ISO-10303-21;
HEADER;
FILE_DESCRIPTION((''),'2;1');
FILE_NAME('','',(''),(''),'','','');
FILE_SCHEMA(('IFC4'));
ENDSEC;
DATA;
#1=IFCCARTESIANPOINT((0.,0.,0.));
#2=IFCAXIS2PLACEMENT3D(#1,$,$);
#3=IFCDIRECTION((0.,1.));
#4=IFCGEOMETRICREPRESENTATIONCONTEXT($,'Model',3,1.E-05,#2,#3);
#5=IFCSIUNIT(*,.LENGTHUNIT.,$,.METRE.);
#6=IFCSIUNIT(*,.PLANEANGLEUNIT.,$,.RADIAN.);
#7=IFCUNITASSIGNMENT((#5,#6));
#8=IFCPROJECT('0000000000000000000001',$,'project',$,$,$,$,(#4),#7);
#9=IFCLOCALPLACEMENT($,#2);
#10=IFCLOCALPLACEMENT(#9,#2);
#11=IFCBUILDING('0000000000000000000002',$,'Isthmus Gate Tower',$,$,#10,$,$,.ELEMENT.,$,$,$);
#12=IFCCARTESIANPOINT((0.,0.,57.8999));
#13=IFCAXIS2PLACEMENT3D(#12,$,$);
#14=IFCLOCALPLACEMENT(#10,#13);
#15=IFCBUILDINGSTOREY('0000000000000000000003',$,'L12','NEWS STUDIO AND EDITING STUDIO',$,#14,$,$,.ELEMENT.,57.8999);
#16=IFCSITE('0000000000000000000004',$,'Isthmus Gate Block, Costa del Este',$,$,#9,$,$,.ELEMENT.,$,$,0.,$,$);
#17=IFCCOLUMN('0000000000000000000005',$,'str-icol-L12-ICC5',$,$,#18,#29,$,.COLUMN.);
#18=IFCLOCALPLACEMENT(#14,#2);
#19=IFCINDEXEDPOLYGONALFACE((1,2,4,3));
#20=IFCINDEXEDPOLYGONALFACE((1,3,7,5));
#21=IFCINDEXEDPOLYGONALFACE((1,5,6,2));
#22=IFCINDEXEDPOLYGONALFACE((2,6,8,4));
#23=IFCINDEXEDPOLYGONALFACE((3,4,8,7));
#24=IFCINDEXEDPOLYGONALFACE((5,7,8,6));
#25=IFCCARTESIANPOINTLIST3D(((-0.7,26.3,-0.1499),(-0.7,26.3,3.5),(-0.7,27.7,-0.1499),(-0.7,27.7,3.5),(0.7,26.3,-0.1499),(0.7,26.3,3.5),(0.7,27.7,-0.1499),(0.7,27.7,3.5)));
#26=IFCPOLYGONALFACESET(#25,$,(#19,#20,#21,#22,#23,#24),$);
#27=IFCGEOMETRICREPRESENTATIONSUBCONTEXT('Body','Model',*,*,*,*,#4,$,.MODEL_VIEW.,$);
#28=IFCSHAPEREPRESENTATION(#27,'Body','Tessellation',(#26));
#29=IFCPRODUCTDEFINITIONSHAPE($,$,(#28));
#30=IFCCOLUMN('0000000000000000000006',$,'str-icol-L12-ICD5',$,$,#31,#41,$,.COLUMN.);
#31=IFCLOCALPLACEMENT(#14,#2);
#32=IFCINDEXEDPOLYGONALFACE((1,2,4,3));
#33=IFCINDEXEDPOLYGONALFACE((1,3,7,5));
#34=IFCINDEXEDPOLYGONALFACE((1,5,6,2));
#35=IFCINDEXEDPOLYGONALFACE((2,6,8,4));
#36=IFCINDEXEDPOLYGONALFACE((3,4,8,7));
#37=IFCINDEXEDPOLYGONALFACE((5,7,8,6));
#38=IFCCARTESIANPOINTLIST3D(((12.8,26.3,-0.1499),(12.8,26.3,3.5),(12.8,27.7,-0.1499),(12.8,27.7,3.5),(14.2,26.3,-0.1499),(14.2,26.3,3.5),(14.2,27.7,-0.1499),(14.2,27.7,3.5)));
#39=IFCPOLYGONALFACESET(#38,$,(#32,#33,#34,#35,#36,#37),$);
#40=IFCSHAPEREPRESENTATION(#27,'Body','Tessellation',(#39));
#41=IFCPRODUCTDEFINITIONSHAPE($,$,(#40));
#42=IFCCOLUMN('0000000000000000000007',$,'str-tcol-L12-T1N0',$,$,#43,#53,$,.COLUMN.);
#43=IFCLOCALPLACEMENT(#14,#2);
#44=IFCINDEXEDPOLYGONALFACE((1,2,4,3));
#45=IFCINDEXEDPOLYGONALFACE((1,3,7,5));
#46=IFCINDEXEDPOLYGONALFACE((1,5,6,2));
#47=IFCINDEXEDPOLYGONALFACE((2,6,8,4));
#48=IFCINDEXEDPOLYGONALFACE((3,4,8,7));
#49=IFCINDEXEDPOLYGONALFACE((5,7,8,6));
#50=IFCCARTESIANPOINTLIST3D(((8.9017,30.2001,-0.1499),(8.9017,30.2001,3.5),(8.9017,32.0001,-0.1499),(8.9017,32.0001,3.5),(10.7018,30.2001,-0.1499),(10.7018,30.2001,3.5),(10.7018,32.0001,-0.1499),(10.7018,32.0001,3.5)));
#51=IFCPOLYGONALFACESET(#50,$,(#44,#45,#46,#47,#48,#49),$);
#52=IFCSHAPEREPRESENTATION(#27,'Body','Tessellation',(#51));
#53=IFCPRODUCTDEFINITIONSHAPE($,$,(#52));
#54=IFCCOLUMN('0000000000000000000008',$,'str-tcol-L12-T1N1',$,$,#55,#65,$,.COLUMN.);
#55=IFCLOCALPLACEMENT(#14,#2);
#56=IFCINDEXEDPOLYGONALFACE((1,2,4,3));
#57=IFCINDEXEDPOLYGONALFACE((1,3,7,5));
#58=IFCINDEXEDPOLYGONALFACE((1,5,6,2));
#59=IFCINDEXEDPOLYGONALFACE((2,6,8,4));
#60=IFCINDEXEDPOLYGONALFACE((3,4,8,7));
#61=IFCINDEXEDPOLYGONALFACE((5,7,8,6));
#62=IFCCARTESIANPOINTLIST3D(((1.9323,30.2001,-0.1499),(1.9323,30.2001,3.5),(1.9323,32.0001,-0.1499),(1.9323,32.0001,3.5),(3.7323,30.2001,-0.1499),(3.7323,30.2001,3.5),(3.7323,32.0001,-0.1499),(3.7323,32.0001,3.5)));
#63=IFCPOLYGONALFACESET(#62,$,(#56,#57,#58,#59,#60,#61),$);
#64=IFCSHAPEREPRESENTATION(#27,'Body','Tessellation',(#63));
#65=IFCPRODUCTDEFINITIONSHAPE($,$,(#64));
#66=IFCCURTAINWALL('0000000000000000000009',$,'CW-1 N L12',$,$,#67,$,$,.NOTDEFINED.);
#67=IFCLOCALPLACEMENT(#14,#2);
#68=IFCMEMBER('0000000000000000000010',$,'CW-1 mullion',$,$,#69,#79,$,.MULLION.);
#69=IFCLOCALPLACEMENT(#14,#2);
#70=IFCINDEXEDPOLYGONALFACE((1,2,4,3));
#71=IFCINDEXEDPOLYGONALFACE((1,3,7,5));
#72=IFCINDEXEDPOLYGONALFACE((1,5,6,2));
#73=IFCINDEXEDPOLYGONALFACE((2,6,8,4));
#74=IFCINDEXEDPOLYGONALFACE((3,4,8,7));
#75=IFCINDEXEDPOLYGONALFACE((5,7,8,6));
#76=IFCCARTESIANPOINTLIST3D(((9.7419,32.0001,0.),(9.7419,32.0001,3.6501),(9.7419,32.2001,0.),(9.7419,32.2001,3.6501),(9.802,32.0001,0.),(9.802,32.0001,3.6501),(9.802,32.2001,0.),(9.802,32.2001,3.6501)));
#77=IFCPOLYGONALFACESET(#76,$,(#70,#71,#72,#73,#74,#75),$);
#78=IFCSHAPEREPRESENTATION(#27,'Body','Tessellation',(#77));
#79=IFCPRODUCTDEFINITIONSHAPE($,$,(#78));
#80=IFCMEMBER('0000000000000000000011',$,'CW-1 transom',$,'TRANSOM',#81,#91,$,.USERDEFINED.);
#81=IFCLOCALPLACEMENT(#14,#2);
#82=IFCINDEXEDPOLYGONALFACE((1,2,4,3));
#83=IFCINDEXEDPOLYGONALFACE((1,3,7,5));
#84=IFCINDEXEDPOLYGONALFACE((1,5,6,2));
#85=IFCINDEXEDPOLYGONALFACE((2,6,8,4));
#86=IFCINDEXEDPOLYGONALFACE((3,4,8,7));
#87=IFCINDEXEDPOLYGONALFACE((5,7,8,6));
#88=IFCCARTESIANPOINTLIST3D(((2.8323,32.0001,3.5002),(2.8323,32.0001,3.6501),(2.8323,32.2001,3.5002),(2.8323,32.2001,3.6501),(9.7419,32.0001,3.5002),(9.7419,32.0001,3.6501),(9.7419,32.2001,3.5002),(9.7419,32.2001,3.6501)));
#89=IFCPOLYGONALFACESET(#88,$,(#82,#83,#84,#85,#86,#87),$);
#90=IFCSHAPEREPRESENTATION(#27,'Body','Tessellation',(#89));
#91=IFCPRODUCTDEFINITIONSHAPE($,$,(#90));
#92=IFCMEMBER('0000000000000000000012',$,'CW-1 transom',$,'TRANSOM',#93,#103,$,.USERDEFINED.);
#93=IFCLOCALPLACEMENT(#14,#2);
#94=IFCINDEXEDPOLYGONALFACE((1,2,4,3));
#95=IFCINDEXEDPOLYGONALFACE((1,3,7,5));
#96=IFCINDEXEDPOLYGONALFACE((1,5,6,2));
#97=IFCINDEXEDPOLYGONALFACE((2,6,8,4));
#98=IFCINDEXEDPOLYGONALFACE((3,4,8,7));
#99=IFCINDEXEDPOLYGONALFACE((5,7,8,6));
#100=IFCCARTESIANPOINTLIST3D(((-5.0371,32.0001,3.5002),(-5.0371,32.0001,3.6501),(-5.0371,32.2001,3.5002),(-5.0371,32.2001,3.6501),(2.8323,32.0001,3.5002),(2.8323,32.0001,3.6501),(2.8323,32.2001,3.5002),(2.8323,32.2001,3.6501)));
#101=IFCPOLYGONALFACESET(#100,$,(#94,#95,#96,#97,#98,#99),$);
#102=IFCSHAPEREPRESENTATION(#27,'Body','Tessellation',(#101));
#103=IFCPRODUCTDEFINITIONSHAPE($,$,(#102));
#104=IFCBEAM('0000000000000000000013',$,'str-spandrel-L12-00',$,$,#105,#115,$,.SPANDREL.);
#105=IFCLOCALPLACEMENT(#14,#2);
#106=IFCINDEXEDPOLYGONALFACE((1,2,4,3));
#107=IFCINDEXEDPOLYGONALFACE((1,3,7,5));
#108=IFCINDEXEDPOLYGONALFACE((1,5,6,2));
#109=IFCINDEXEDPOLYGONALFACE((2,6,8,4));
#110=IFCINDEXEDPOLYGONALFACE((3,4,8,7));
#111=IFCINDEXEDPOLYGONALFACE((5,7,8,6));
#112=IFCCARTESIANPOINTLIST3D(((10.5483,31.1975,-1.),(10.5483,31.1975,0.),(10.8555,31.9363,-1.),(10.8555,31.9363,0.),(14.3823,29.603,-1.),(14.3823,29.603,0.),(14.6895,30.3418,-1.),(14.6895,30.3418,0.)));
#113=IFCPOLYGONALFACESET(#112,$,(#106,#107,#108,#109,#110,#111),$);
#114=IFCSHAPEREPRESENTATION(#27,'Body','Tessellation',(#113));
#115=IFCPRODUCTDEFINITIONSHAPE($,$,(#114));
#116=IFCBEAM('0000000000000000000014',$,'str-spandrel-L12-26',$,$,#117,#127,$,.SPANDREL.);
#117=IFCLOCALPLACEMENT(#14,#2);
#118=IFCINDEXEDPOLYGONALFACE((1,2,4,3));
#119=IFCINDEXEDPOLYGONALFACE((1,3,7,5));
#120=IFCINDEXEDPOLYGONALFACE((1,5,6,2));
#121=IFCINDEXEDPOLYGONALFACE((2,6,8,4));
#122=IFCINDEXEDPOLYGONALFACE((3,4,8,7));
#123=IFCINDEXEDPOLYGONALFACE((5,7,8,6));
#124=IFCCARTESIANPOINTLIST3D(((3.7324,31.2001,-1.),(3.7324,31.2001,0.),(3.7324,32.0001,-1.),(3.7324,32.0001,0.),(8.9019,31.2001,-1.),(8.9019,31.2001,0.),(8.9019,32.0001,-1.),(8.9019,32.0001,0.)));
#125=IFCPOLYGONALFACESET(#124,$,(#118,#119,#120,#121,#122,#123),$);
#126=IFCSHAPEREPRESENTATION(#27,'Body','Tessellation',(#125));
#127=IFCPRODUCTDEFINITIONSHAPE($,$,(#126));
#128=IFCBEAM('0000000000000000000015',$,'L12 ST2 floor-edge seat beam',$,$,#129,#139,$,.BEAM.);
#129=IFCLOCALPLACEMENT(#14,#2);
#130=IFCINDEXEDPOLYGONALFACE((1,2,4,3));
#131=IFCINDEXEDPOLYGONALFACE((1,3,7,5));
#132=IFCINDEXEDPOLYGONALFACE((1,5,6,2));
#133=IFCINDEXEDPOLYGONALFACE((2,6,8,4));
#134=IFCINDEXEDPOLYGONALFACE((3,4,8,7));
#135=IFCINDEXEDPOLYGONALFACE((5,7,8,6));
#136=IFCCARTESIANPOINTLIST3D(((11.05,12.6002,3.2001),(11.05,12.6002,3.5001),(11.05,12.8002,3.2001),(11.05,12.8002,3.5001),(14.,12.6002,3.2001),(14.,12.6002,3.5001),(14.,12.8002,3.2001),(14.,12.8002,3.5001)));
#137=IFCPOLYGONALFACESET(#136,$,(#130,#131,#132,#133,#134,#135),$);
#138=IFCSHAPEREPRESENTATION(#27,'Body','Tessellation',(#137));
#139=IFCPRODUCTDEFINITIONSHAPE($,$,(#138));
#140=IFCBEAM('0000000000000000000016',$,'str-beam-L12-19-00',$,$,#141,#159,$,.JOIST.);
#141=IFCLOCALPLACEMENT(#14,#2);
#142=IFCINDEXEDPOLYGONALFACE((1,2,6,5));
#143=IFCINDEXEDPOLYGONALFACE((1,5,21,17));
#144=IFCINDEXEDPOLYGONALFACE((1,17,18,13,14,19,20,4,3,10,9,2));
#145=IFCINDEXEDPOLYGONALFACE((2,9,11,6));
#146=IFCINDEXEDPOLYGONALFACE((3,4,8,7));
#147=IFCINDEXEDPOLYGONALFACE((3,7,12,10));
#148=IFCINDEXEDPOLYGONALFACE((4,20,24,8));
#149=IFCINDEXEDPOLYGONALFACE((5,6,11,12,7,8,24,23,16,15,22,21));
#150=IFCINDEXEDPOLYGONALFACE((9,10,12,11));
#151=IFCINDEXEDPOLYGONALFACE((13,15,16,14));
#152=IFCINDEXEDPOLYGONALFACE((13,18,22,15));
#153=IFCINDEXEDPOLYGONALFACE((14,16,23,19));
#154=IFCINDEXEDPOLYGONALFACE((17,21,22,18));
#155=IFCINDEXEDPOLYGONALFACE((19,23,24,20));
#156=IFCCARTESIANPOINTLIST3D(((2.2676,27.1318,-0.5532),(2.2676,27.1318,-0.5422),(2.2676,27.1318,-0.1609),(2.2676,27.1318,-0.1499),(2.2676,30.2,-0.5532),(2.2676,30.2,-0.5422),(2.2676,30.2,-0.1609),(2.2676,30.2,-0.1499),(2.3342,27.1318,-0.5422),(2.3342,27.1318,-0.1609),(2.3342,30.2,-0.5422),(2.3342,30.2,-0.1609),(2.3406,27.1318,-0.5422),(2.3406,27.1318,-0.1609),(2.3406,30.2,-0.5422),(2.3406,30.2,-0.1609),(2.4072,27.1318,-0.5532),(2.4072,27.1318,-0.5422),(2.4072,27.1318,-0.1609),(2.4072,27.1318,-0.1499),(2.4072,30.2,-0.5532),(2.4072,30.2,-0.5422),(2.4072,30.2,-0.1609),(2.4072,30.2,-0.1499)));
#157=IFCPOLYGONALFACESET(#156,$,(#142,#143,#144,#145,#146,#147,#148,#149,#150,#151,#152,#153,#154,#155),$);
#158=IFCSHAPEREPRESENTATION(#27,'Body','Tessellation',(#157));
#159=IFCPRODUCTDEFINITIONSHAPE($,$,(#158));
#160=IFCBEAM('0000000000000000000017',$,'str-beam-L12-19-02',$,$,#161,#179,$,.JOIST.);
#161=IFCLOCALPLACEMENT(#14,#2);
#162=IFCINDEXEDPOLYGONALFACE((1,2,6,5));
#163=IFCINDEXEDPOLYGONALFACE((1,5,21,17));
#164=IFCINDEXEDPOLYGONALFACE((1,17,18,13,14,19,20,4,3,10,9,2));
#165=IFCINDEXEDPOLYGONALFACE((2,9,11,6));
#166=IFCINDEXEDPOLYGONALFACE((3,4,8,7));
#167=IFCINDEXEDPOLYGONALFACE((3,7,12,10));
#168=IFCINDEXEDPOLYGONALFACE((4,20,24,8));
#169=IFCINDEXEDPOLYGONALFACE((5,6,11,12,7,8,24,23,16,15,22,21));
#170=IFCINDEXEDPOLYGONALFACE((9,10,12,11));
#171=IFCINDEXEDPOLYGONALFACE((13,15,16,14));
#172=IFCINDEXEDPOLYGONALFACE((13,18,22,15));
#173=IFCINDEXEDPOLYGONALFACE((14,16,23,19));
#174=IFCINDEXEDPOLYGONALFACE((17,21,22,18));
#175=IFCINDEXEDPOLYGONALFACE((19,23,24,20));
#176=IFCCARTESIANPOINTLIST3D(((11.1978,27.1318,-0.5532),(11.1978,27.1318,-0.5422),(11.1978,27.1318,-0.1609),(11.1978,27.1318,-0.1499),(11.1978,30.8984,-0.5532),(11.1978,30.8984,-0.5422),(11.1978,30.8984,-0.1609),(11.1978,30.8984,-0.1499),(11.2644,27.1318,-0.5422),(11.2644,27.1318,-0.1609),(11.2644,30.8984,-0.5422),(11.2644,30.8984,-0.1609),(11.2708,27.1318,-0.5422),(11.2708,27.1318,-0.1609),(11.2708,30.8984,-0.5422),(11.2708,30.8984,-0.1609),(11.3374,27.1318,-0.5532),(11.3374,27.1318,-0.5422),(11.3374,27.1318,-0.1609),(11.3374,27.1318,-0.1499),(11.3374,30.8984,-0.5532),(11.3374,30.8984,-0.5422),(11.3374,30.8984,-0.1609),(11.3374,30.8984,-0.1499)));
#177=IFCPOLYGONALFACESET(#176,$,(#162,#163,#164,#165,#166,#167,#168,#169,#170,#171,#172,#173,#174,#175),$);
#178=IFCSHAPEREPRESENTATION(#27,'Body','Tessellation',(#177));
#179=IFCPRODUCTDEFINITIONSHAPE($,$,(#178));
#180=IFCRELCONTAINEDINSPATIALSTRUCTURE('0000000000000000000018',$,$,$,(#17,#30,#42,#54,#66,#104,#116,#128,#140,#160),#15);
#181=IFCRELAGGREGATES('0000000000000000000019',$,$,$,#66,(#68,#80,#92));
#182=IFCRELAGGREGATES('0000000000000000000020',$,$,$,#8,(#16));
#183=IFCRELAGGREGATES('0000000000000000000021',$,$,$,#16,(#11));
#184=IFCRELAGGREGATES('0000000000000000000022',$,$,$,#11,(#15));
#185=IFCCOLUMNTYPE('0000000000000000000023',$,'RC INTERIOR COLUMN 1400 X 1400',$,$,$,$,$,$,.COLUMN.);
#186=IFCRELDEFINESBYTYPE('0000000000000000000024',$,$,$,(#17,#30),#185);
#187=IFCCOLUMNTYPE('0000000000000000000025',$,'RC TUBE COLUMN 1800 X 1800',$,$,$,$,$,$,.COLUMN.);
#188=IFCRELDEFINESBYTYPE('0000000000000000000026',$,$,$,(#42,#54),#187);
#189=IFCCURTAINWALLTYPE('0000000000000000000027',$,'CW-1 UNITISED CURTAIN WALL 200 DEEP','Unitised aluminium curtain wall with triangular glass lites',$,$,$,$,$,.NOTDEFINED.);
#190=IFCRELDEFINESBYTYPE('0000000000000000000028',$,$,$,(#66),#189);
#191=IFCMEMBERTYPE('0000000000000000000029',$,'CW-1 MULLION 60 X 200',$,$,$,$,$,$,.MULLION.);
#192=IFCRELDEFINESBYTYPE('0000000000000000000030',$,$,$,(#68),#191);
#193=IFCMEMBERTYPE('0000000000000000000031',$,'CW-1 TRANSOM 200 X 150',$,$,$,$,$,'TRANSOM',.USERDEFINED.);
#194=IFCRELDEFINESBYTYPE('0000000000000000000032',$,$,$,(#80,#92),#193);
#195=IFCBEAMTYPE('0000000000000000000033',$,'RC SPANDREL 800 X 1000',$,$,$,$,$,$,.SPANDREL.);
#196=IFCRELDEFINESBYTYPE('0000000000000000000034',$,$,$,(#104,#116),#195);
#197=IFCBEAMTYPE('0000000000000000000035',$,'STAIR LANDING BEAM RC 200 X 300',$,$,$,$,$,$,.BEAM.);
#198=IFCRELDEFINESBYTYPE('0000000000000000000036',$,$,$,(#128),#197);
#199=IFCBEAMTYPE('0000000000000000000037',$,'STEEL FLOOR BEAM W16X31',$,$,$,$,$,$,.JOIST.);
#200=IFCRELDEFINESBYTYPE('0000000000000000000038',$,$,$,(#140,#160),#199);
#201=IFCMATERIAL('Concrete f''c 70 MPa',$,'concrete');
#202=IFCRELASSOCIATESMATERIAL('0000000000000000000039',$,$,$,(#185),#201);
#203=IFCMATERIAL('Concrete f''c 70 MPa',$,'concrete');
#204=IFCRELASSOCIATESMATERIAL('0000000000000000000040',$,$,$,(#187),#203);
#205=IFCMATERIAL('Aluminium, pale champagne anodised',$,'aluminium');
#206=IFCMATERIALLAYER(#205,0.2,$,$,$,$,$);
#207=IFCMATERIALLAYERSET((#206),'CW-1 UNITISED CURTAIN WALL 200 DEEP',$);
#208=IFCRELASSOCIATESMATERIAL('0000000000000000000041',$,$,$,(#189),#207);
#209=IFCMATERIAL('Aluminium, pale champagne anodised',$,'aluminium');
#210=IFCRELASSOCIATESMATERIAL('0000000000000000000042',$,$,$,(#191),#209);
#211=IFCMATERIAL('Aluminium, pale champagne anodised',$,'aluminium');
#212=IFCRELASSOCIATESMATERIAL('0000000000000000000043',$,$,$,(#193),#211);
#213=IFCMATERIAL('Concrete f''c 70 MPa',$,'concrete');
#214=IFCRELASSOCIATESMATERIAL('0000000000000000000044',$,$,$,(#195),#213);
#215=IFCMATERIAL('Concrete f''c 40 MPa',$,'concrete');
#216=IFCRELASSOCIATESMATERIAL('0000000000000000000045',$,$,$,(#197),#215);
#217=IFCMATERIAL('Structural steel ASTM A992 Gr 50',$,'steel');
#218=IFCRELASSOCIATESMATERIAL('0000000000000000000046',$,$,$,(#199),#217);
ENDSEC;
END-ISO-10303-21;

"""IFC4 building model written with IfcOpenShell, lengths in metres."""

from ifc_helpers import new_model, si_unit, direction, frame, origin, origin_2d, place, context, subcontext, project, spatial, rectangle, i_section, extrude, material, layer, layer_set, material_profile, profile_set, type_object, element, aggregate, save


model = new_model("IFC4")

# Units and contexts
model_context = context("Model", 3, precision=1e-05, world=origin(), true_north=direction((0.0, 1.0)))
body_context = subcontext(model_context, "Body", "Model", "MODEL_VIEW")
ifc_project = project(units=[si_unit("LENGTHUNIT", "METRE"), si_unit("PLANEANGLEUNIT", "RADIAN")], contexts=[model_context])

# Site, building, storey
site_placement = place(None, origin())
site = spatial("IfcSite", under=ifc_project, at=site_placement, Name="Isthmus Gate Block, Costa del Este", CompositionType="ELEMENT", RefElevation=0.0)
building_placement = place(site_placement, origin())
building = spatial("IfcBuilding", under=site, at=building_placement, Name="Isthmus Gate Tower", CompositionType="ELEMENT")
storey_placement = place(building_placement, frame((0.0, 0.0, 57.8999)))
storey = spatial("IfcBuildingStorey", under=building, at=storey_placement, Name="L12", Description="NEWS STUDIO AND EDITING STUDIO", CompositionType="ELEMENT", Elevation=57.8999)

# Columns
ifc_material_1 = material(Name="Concrete f'c 70 MPa", Category="concrete")
ifc_material_profile_1 = material_profile(ifc_material_1, rectangle(XDim=1.3999, YDim=1.3999, at=origin_2d()), Name="RC 1400X1400")
ifc_profile_set_1 = profile_set([ifc_material_profile_1], Name="Concrete f'c 70 MPa")
column_type_1 = type_object("IfcColumnType", Name="RC INTERIOR COLUMN 1400 X 1400", PredefinedType="COLUMN", material=ifc_profile_set_1)
for number, where, z_axis, x_axis, name in (
    (1, (0.0, 27.0, -0.1499), (0.0, 0.0, 1.0), (1.0, 0.0, 0.0), "str-icol-L12-ICC5"),
    (2, (13.5, 27.0, -0.1499), (0.0, 0.0, 1.0), (1.0, 0.0, 0.0), "str-icol-L12-ICD5"),
):
    element("IfcColumn", number, at=place(storey_placement, frame(where, z_axis=z_axis, x_axis=x_axis)), inside=storey, type_object=column_type_1, Name=name, PredefinedType="COLUMN", context=body_context, shape_type="SweptSolid", body=[
        extrude(rectangle(XDim=1.3999, YDim=1.3999, at=origin_2d()), origin(), (0.0, 0.0, 1.0), 3.6499),
    ])
ifc_material_2 = material(Name="Concrete f'c 70 MPa", Category="concrete")
ifc_material_profile_2 = material_profile(ifc_material_2, rectangle(XDim=1.8, YDim=1.8, at=origin_2d()), Name="RC 1800X1800")
ifc_profile_set_2 = profile_set([ifc_material_profile_2], Name="Concrete f'c 70 MPa")
column_type_2 = type_object("IfcColumnType", Name="RC TUBE COLUMN 1800 X 1800", PredefinedType="COLUMN", material=ifc_profile_set_2)
for number, where, z_axis, x_axis, name in (
    (3, (9.8018, 31.1001, -0.1499), (0.0, 0.0, 1.0), (-1.0, 0.0, 0.0), "str-tcol-L12-T1N0"),
    (4, (2.8323, 31.1001, -0.1499), (0.0, 0.0, 1.0), (-1.0, 0.0, 0.0), "str-tcol-L12-T1N1"),
):
    element("IfcColumn", number, at=place(storey_placement, frame(where, z_axis=z_axis, x_axis=x_axis)), inside=storey, type_object=column_type_2, Name=name, PredefinedType="COLUMN", context=body_context, shape_type="SweptSolid", body=[
        extrude(rectangle(XDim=1.8, YDim=1.8, at=origin_2d()), origin(), (0.0, 0.0, 1.0), 3.6499),
    ])

# Curtain wall, members
ifc_material_3 = material(Name="Aluminium, pale champagne anodised", Category="aluminium")
ifc_layer_1 = layer(ifc_material_3, 0.2)
ifc_layer_set_1 = layer_set([ifc_layer_1], Name="CW-1 UNITISED CURTAIN WALL 200 DEEP")
curtain_wall_type = type_object("IfcCurtainWallType", Name="CW-1 UNITISED CURTAIN WALL 200 DEEP", Description="Unitised aluminium curtain wall with triangular glass lites", PredefinedType="NOTDEFINED", material=ifc_layer_set_1)
curtain_wall_1_placement = place(storey_placement, origin())
curtain_wall_1 = element("IfcCurtainWall", 5, at=curtain_wall_1_placement, inside=storey, type_object=curtain_wall_type, Name="CW-1 N L12", PredefinedType="NOTDEFINED")
ifc_material_4 = material(Name="Aluminium, pale champagne anodised", Category="aluminium")
ifc_material_profile_3 = material_profile(ifc_material_4, rectangle(XDim=0.0601, YDim=0.2, at=origin_2d()), Name="60x200")
ifc_profile_set_3 = profile_set([ifc_material_profile_3], Name="Aluminium, pale champagne anodised")
member_type_1 = type_object("IfcMemberType", Name="CW-1 MULLION 60 X 200", PredefinedType="MULLION", material=ifc_profile_set_3)
member_1_placement = place(storey_placement, frame((9.772, 32.1001, 0.0), z_axis=(0.0, 0.0, 1.0), x_axis=(-1.0, 0.0, 0.0)))
member_1 = element("IfcMember", 6, at=member_1_placement, type_object=member_type_1, Name="CW-1 mullion", PredefinedType="MULLION", context=body_context, shape_type="SweptSolid", body=[
    extrude(rectangle(XDim=0.0601, YDim=0.2, at=origin_2d()), origin(), (0.0, 0.0, 1.0), 3.6501),
])
ifc_material_5 = material(Name="Aluminium, pale champagne anodised", Category="aluminium")
ifc_material_profile_4 = material_profile(ifc_material_5, rectangle(XDim=0.2, YDim=0.1499, at=origin_2d()), Name="200x150")
ifc_profile_set_4 = profile_set([ifc_material_profile_4], Name="Aluminium, pale champagne anodised")
member_type_2 = type_object("IfcMemberType", Name="CW-1 TRANSOM 200 X 150", ElementType="TRANSOM", PredefinedType="USERDEFINED", material=ifc_profile_set_4)
member_2_placement = place(storey_placement, frame((9.7419, 32.1001, 3.5752), z_axis=(-1.0, 0.0, 0.0), x_axis=(0.0, -1.0, 0.0)))
member_2 = element("IfcMember", 7, at=member_2_placement, type_object=member_type_2, Name="CW-1 transom", ObjectType="TRANSOM", PredefinedType="USERDEFINED", context=body_context, shape_type="SweptSolid", body=[
    extrude(rectangle(XDim=0.2, YDim=0.1499, at=origin_2d()), origin(), (0.0, 0.0, 1.0), 6.9097),
])
member_3_placement = place(storey_placement, frame((2.8323, 32.1001, 3.5752), z_axis=(-1.0, 0.0, 0.0), x_axis=(0.0, -1.0, 0.0)))
member_3 = element("IfcMember", 8, at=member_3_placement, type_object=member_type_2, Name="CW-1 transom", ObjectType="TRANSOM", PredefinedType="USERDEFINED", context=body_context, shape_type="SweptSolid", body=[
    extrude(rectangle(XDim=0.2, YDim=0.1499, at=origin_2d()), origin(), (0.0, 0.0, 1.0), 7.8694),
])

# Beams
ifc_material_6 = material(Name="Concrete f'c 70 MPa", Category="concrete")
ifc_material_profile_5 = material_profile(ifc_material_6, rectangle(XDim=0.8, YDim=1.0, at=origin_2d()), Name="RC 800X1000")
ifc_profile_set_5 = profile_set([ifc_material_profile_5], Name="Concrete f'c 70 MPa")
beam_type_1 = type_object("IfcBeamType", Name="RC SPANDREL 800 X 1000", PredefinedType="SPANDREL", material=ifc_profile_set_5)
beam_1_placement = place(storey_placement, frame((10.7019, 31.5669, -0.5), z_axis=(0.923334, -0.383997, 0.0), x_axis=(0.383997, 0.923334, 0.0)))
element("IfcBeam", 9, at=beam_1_placement, inside=storey, type_object=beam_type_1, Name="str-spandrel-L12-00", PredefinedType="SPANDREL", context=body_context, shape_type="SweptSolid", body=[
    extrude(rectangle(XDim=0.8, YDim=1.0, at=origin_2d()), origin(), (0.0, 0.0, 1.0), 4.1523),
])
beam_2_placement = place(storey_placement, frame((3.7324, 31.6001, -0.5), z_axis=(1.0, 0.0, 0.0), x_axis=(0.0, 1.0, 0.0)))
element("IfcBeam", 10, at=beam_2_placement, inside=storey, type_object=beam_type_1, Name="str-spandrel-L12-26", PredefinedType="SPANDREL", context=body_context, shape_type="SweptSolid", body=[
    extrude(rectangle(XDim=0.8, YDim=1.0, at=origin_2d()), origin(), (0.0, 0.0, 1.0), 5.1694),
])
ifc_material_7 = material(Name="Concrete f'c 40 MPa", Category="concrete")
ifc_material_profile_6 = material_profile(ifc_material_7, rectangle(XDim=0.2, YDim=0.3, at=origin_2d()), Name="STAIR LANDING BEAM RC 200 X 300")
ifc_profile_set_6 = profile_set([ifc_material_profile_6], Name="Concrete f'c 40 MPa")
beam_type_2 = type_object("IfcBeamType", Name="STAIR LANDING BEAM RC 200 X 300", PredefinedType="BEAM", material=ifc_profile_set_6)
beam_3_placement = place(storey_placement, frame((11.05, 12.7002, 3.3501), z_axis=(1.0, 0.0, 0.0), x_axis=(0.0, 1.0, 0.0)))
element("IfcBeam", 11, at=beam_3_placement, inside=storey, type_object=beam_type_2, Name="L12 ST2 floor-edge seat beam", PredefinedType="BEAM", context=body_context, shape_type="SweptSolid", body=[
    extrude(rectangle(XDim=0.2, YDim=0.3, at=origin_2d()), origin(), (0.0, 0.0, 1.0), 2.95),
])
ifc_material_8 = material(Name="Structural steel ASTM A992 Gr 50", Category="steel")
ifc_material_profile_7 = material_profile(ifc_material_8, i_section(OverallWidth=0.1396, OverallDepth=0.4033, WebThickness=0.0063, FlangeThickness=0.011, at=origin_2d()), Name="W16X31")
ifc_profile_set_7 = profile_set([ifc_material_profile_7], Name="Structural steel ASTM A992 Gr 50")
beam_type_3 = type_object("IfcBeamType", Name="STEEL FLOOR BEAM W16X31", PredefinedType="JOIST", material=ifc_profile_set_7)
beam_4_placement = place(storey_placement, frame((2.3374, 27.1318, -0.3516), z_axis=(0.0, 1.0, 0.0), x_axis=(-1.0, 0.0, 0.0)))
element("IfcBeam", 12, at=beam_4_placement, inside=storey, type_object=beam_type_3, Name="str-beam-L12-19-00", PredefinedType="JOIST", context=body_context, shape_type="SweptSolid", body=[
    extrude(i_section(OverallWidth=0.1396, OverallDepth=0.4033, WebThickness=0.0063, FlangeThickness=0.011, at=origin_2d()), origin(), (0.0, 0.0, 1.0), 3.0681),
])
beam_5_placement = place(storey_placement, frame((11.2676, 27.1318, -0.3516), z_axis=(0.0, 1.0, 0.0), x_axis=(-1.0, 0.0, 0.0)))
element("IfcBeam", 13, at=beam_5_placement, inside=storey, type_object=beam_type_3, Name="str-beam-L12-19-02", PredefinedType="JOIST", context=body_context, shape_type="SweptSolid", body=[
    extrude(i_section(OverallWidth=0.1396, OverallDepth=0.4033, WebThickness=0.0063, FlangeThickness=0.011, at=origin_2d()), origin(), (0.0, 0.0, 1.0), 3.7666),
])

aggregate(curtain_wall_1, [member_1, member_2, member_3])

save(model, "model.ifc")
